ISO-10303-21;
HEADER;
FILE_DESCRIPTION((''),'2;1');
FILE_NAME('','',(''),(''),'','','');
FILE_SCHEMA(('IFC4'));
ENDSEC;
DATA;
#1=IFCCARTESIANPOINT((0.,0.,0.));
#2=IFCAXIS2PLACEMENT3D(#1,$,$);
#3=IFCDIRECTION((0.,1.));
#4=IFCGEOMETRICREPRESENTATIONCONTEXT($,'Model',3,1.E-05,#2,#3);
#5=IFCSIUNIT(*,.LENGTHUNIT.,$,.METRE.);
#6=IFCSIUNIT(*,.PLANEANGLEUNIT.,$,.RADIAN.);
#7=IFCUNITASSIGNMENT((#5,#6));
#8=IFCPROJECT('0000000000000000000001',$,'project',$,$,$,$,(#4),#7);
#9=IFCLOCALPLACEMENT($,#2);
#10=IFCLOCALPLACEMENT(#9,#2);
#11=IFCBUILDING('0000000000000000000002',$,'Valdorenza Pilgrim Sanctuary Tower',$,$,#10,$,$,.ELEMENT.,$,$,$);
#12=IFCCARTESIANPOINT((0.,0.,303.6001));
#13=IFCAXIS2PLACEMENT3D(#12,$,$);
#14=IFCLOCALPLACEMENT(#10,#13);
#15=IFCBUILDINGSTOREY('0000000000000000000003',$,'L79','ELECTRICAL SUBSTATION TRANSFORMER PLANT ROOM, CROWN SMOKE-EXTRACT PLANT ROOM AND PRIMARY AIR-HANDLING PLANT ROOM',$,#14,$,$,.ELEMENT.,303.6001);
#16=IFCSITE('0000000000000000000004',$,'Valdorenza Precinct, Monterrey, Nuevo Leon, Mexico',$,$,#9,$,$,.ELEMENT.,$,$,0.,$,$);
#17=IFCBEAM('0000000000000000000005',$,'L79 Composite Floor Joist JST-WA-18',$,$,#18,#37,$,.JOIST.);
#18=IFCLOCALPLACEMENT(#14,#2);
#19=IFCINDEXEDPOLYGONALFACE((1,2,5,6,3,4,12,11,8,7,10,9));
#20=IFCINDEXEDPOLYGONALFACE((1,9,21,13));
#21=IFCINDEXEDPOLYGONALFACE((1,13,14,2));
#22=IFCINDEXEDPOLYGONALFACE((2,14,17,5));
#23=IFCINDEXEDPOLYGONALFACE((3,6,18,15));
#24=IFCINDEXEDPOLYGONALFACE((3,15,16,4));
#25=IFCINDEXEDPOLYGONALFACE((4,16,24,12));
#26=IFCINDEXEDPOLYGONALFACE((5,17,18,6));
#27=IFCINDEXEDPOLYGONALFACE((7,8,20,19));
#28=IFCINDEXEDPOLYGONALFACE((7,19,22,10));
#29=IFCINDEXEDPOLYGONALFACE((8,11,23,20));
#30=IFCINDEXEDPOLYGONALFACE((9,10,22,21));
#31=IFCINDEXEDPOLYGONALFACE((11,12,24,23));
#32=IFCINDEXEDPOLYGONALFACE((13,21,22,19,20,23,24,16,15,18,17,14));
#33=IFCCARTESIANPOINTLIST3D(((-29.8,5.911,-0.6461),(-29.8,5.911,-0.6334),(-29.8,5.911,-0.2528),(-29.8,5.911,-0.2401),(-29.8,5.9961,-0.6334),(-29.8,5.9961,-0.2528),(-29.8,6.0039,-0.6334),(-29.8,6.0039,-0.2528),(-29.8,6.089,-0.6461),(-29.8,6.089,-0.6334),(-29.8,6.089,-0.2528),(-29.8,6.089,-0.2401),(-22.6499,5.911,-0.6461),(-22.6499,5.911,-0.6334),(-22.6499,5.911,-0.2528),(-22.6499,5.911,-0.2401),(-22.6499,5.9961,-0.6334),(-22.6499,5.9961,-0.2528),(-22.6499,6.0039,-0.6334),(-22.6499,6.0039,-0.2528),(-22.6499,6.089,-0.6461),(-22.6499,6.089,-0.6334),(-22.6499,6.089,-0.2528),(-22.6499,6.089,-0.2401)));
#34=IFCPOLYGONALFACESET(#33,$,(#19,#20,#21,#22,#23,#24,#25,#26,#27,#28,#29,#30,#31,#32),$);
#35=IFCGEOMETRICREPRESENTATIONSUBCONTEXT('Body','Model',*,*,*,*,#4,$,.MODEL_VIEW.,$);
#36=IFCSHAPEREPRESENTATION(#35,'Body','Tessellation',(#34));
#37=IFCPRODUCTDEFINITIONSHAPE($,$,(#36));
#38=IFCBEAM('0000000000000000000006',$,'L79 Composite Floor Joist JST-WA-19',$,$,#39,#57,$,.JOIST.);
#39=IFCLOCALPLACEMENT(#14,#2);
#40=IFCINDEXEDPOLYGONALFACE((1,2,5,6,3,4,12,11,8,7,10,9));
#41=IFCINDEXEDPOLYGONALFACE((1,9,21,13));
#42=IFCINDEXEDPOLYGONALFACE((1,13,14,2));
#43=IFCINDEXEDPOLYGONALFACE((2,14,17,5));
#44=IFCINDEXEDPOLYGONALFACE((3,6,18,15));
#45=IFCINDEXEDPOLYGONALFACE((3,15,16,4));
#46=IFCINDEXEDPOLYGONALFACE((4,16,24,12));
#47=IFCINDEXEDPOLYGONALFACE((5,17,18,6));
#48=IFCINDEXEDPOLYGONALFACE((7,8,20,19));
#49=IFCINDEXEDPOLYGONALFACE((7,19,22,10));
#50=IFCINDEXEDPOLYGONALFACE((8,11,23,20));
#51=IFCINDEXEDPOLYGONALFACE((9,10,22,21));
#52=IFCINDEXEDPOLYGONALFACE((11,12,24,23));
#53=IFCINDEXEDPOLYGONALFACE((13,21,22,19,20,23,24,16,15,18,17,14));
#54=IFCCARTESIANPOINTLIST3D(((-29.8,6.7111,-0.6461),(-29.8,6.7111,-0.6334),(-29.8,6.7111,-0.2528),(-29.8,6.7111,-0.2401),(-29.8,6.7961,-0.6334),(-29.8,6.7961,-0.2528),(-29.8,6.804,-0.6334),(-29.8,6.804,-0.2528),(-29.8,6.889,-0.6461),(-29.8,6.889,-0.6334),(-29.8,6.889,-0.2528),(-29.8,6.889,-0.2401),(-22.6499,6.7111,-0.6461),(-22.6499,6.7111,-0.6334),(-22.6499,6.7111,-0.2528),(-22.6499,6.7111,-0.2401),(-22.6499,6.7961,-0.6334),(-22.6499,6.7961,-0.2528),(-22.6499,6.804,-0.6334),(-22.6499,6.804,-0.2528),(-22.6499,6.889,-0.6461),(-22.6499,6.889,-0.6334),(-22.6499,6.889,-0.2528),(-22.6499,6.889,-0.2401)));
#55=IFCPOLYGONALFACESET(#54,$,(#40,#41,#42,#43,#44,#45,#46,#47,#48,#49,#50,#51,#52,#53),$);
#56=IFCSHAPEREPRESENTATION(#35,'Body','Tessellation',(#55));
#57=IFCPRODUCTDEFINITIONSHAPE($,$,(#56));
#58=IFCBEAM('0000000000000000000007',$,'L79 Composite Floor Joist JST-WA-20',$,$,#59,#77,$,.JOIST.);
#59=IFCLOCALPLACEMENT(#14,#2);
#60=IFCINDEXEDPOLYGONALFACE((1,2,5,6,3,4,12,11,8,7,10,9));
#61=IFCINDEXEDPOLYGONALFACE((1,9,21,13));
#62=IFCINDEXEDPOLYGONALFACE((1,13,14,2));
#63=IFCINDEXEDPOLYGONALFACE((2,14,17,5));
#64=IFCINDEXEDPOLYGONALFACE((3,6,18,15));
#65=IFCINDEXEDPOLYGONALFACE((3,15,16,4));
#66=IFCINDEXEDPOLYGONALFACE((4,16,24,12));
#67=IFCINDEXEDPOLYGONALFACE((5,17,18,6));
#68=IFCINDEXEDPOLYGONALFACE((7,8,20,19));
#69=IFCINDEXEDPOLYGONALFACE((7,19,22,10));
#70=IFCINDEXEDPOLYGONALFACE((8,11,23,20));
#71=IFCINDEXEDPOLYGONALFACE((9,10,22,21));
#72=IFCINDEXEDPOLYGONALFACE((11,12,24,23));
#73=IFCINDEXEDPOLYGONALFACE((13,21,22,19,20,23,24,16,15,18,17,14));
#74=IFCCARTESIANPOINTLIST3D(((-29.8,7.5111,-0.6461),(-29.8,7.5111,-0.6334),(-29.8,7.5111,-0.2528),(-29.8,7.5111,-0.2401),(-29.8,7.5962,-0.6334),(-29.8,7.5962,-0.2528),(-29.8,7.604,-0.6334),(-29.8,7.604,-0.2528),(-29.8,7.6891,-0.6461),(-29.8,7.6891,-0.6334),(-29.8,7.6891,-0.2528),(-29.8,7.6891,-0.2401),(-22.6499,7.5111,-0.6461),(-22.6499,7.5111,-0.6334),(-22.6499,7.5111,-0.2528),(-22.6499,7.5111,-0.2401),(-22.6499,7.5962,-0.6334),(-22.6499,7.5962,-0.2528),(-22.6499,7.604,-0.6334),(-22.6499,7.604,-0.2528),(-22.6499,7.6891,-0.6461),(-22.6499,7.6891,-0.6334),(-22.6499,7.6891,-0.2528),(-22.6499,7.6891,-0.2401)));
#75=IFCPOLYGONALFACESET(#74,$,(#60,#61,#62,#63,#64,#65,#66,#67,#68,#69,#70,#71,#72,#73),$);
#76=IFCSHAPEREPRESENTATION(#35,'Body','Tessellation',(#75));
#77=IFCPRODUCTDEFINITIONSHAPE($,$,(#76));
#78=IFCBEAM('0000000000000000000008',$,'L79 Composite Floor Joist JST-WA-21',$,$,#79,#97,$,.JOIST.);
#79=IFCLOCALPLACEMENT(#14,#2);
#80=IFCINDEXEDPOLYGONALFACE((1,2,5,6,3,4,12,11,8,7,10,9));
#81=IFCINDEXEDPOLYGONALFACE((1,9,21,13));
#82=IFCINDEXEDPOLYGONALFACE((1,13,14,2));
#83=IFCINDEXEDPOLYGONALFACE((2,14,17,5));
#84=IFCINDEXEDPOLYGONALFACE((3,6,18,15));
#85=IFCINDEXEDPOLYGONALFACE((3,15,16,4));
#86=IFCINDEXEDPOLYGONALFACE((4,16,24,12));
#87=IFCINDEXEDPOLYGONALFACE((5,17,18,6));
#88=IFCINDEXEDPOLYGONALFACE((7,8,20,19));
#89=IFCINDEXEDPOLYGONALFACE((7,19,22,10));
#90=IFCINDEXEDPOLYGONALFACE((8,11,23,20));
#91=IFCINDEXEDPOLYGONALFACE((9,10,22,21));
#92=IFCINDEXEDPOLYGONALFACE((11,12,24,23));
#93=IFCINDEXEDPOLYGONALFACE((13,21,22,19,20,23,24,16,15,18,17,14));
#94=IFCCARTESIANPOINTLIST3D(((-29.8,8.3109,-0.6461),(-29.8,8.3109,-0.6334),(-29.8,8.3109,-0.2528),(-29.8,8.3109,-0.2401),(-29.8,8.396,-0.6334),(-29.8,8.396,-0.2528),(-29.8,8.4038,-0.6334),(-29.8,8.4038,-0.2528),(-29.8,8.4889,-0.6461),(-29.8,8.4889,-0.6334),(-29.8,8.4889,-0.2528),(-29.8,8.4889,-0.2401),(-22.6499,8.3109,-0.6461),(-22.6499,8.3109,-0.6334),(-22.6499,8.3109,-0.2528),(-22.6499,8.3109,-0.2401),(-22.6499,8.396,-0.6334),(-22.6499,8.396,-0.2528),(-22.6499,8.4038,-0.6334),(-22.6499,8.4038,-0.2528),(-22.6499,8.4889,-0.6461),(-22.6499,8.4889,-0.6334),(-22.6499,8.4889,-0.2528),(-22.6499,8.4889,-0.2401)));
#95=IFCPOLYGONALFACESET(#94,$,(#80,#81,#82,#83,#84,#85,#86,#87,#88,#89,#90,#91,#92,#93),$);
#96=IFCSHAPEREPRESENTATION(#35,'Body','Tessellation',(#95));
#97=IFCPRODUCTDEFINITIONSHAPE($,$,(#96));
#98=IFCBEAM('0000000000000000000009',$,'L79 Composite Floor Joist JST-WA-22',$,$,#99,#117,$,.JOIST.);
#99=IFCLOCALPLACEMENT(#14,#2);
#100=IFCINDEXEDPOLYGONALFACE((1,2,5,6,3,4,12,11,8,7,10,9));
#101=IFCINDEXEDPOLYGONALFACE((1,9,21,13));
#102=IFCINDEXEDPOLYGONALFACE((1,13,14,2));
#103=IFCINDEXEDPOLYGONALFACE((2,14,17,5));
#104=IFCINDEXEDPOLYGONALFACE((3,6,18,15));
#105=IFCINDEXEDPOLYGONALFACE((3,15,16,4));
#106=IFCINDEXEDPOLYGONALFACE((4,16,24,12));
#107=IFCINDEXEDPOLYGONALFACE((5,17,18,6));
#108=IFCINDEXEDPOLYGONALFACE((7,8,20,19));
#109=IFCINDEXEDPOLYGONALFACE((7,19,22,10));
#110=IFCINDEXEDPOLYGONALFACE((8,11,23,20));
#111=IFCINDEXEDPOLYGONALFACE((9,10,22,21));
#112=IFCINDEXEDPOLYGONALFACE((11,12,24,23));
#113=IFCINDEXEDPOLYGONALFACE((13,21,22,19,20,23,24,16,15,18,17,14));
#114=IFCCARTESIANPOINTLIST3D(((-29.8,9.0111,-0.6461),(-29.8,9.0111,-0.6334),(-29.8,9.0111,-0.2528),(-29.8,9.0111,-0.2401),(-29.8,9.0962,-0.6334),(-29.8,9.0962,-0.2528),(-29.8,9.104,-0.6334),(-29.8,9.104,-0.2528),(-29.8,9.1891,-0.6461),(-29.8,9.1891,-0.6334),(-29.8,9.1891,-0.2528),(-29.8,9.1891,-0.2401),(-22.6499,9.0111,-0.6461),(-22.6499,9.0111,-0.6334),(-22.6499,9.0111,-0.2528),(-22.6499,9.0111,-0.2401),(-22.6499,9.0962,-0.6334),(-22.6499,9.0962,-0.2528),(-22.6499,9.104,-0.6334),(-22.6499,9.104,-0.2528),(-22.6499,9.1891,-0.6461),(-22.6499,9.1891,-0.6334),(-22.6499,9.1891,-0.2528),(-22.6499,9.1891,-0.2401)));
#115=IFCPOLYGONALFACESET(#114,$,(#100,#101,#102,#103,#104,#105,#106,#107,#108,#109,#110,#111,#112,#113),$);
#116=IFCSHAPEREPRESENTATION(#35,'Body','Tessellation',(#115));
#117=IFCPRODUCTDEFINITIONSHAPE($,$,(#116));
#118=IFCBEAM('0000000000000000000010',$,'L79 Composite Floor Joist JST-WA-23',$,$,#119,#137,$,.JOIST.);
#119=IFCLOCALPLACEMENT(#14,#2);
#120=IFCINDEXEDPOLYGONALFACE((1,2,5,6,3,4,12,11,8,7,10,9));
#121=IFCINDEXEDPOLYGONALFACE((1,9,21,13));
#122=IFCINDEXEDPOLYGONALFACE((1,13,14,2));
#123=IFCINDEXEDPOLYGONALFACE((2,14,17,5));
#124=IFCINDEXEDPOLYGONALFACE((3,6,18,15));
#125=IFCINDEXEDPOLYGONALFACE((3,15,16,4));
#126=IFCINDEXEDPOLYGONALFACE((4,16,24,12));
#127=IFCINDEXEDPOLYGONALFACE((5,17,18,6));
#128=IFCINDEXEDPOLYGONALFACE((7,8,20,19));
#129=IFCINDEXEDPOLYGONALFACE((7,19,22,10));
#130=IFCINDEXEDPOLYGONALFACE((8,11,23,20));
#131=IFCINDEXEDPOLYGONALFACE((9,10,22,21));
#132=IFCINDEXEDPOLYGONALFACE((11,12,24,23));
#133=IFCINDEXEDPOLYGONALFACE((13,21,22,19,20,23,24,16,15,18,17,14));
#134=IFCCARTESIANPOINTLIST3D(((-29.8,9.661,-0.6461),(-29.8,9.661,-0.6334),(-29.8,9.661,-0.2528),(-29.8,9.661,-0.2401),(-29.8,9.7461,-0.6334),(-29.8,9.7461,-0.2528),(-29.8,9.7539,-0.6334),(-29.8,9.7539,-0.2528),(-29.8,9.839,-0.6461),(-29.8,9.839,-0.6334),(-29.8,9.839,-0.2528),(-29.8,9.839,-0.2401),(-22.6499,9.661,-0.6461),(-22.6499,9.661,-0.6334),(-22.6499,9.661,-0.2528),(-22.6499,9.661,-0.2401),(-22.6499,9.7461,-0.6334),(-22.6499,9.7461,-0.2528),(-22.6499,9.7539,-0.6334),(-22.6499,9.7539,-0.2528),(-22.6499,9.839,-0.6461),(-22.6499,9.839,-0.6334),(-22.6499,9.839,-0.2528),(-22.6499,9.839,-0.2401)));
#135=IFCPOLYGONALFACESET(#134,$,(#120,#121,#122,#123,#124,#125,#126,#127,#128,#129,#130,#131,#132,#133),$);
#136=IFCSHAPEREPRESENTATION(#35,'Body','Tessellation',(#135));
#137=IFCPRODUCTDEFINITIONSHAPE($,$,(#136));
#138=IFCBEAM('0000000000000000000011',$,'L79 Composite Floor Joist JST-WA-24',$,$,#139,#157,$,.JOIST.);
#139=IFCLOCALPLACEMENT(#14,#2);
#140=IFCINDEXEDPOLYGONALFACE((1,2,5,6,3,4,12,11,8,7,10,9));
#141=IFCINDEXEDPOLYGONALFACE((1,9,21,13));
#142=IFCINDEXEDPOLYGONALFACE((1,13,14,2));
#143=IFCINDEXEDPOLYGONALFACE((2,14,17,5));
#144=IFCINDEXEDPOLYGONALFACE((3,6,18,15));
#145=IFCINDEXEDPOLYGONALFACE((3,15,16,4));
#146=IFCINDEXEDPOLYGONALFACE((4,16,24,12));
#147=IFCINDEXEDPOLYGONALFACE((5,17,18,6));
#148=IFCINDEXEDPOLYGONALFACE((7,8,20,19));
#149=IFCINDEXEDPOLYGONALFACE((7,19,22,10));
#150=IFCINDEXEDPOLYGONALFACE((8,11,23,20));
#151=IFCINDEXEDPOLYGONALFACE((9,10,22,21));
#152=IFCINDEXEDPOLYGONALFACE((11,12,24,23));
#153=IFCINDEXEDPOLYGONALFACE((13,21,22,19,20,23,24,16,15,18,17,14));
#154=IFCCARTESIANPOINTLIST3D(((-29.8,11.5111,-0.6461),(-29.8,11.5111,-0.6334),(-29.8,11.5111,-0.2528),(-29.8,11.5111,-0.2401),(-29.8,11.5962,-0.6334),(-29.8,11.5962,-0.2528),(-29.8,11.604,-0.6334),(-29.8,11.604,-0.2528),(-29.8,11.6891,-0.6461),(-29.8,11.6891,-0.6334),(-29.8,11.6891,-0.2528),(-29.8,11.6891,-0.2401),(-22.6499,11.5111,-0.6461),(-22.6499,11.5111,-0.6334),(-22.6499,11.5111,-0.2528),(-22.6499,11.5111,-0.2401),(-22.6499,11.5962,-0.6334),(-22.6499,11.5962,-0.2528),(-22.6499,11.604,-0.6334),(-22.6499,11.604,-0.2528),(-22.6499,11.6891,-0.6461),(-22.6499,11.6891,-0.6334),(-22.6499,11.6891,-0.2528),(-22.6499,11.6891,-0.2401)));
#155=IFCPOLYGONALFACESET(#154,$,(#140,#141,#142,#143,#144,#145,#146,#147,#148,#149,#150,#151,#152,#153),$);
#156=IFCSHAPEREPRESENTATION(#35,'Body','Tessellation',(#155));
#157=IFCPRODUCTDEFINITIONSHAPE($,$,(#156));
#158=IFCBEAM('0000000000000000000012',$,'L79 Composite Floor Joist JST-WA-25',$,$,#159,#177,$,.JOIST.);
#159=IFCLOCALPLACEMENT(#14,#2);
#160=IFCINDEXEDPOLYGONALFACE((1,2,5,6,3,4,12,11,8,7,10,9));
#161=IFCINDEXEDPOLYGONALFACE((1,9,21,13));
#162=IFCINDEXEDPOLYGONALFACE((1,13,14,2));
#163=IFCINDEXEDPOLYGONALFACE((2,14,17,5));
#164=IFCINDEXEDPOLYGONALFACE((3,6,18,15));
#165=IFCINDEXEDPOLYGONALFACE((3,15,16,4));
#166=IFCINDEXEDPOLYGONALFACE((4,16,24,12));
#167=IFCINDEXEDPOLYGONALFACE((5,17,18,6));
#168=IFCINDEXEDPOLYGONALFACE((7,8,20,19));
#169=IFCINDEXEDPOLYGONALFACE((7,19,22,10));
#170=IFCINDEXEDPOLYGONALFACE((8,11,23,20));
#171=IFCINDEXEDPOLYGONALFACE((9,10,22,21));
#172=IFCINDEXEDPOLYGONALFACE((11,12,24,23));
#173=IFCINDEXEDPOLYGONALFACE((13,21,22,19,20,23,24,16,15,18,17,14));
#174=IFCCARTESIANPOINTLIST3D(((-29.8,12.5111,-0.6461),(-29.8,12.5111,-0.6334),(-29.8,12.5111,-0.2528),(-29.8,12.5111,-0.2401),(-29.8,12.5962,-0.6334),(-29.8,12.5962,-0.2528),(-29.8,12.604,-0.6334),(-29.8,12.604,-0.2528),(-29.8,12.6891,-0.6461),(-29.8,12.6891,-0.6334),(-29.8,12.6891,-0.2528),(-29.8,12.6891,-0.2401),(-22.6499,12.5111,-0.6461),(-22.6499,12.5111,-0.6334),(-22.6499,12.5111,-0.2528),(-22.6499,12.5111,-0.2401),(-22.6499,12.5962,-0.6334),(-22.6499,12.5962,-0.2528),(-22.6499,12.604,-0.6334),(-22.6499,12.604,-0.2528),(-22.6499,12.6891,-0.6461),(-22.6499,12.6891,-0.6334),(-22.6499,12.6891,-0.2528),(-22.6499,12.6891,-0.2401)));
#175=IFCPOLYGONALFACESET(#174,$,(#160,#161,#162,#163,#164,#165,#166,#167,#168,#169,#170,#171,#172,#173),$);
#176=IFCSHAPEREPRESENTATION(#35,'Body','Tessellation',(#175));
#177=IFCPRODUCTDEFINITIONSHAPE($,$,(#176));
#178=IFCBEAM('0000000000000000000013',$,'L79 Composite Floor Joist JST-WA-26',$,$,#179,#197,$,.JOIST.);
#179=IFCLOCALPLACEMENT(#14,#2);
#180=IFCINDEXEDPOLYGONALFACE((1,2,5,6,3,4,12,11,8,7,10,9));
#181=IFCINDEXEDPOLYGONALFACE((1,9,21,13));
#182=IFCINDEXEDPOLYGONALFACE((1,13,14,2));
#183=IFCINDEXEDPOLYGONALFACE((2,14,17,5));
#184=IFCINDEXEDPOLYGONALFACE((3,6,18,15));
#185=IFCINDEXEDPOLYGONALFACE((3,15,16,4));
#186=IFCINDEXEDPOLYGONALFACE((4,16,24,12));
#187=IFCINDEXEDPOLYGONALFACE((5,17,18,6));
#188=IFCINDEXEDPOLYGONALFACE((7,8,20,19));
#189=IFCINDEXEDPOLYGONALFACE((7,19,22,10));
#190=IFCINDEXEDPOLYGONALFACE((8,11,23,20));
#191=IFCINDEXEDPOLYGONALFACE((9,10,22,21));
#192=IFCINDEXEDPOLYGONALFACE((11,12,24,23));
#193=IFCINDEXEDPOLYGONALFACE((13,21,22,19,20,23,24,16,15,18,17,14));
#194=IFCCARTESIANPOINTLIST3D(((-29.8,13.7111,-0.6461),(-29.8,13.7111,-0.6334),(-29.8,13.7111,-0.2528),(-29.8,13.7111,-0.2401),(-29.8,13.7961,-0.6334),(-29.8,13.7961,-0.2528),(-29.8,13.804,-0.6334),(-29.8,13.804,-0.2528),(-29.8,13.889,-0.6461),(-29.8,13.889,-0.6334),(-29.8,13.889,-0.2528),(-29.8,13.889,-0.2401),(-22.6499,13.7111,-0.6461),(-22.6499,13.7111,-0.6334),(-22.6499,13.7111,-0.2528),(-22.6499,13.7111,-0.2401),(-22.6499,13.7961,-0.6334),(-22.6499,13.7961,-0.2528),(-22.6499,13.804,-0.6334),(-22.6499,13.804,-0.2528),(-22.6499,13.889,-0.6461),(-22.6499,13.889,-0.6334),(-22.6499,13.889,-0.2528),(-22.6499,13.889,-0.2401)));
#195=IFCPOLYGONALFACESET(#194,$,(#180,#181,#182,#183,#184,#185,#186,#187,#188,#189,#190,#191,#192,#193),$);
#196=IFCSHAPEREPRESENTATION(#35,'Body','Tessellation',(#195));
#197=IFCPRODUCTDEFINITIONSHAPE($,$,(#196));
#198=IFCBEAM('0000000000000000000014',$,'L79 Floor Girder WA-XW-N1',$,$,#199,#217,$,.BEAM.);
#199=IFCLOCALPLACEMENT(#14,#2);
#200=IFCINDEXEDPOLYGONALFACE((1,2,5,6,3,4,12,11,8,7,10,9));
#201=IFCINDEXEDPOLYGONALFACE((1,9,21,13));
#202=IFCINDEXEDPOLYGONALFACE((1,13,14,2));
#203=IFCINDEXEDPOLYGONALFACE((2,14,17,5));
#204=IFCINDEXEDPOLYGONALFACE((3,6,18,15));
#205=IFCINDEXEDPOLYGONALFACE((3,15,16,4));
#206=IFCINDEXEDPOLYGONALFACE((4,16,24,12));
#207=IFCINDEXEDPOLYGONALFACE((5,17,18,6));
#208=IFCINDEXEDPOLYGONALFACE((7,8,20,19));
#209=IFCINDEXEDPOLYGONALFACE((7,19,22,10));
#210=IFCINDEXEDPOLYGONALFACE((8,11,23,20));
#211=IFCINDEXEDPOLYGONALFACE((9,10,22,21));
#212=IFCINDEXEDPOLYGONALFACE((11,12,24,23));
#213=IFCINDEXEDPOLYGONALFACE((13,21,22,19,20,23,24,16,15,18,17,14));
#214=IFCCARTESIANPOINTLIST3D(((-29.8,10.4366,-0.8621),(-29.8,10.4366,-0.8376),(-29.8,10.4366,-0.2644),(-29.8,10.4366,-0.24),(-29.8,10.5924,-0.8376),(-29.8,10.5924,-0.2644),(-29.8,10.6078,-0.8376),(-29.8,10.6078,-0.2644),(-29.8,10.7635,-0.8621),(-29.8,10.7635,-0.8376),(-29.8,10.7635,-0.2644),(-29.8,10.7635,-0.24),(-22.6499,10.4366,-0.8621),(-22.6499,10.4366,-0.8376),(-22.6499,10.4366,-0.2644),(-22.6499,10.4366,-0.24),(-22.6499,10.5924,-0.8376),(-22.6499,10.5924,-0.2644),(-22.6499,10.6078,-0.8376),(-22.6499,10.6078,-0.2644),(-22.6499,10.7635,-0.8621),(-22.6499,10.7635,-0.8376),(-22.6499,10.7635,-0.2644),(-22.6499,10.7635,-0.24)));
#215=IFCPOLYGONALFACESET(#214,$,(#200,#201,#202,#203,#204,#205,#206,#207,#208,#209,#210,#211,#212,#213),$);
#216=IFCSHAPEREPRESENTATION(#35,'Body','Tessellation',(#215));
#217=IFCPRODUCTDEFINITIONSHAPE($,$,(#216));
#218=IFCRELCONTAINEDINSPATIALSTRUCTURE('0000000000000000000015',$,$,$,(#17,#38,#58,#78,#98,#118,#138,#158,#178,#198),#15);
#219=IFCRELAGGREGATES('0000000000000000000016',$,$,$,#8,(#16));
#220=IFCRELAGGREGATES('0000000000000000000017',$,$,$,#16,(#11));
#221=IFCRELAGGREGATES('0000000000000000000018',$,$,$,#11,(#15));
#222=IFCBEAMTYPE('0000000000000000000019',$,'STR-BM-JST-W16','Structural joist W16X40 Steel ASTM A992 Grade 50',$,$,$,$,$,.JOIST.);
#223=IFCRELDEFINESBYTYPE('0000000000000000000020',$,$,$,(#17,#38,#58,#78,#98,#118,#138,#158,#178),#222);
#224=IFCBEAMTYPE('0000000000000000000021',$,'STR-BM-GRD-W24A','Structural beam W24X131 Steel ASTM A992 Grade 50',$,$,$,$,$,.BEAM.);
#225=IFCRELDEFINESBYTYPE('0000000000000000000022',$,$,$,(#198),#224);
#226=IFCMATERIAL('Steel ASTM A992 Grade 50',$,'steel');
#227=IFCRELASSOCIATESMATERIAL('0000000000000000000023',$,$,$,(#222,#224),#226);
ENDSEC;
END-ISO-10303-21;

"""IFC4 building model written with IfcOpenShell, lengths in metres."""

from ifc_helpers import new_model, si_unit, direction, frame, origin, origin_2d, place, context, subcontext, project, spatial, i_section, extrude, source, transform, mapped, material, material_profile, profile_set, type_object, element, save


model = new_model("IFC4")

# Units and contexts
model_context = context("Model", 3, precision=1e-05, world=origin(), true_north=direction((0.0, 1.0)))
body_context = subcontext(model_context, "Body", "Model", "MODEL_VIEW")
ifc_project = project(units=[si_unit("LENGTHUNIT", "METRE"), si_unit("PLANEANGLEUNIT", "RADIAN")], contexts=[model_context])

# Site, building, storey
site_placement = place(None, origin())
site = spatial("IfcSite", under=ifc_project, at=site_placement, Name="Valdorenza Precinct, Monterrey, Nuevo Leon, Mexico", CompositionType="ELEMENT", RefElevation=0.0)
building_placement = place(site_placement, origin())
building = spatial("IfcBuilding", under=site, at=building_placement, Name="Valdorenza Pilgrim Sanctuary Tower", CompositionType="ELEMENT")
storey_placement = place(building_placement, frame((0.0, 0.0, 303.6001)))
storey = spatial("IfcBuildingStorey", under=building, at=storey_placement, Name="L79", Description="ELECTRICAL SUBSTATION TRANSFORMER PLANT ROOM, CROWN SMOKE-EXTRACT PLANT ROOM AND PRIMARY AIR-HANDLING PLANT ROOM", CompositionType="ELEMENT", Elevation=303.6001)

# Beams
ifc_material_1 = material(Name="Steel ASTM A992 Grade 50", Category="steel")
ifc_material_profile_1 = material_profile(ifc_material_1, i_section(OverallWidth=0.178, OverallDepth=0.406, WebThickness=0.0078, FlangeThickness=0.0127, at=origin_2d()), Name="W16X40")
ifc_profile_set_1 = profile_set([ifc_material_profile_1], Name="Steel ASTM A992 Grade 50")
beam_type_1 = type_object("IfcBeamType", Name="STR-BM-JST-W16", Description="Structural joist W16X40 Steel ASTM A992 Grade 50", PredefinedType="JOIST", material=ifc_profile_set_1)
shared_shape_1 = source(origin(), body_context, "Body", "SweptSolid", [
    extrude(i_section(OverallWidth=0.178, OverallDepth=0.406, WebThickness=0.0078, FlangeThickness=0.0127, at=origin_2d()), origin(), (0.0, 0.0, 1.0), 7.1501),
])
for number, where, z_axis, x_axis, name in (
    (1, (-29.8, 6.0, -0.4431), (1.0, 0.0, 0.0), (0.0, 1.0, 0.0), "L79 Composite Floor Joist JST-WA-18"),
    (2, (-29.8, 6.8, -0.4431), (1.0, 0.0, 0.0), (0.0, 1.0, 0.0), "L79 Composite Floor Joist JST-WA-19"),
    (3, (-29.8, 7.6001, -0.4431), (1.0, 0.0, 0.0), (0.0, 1.0, 0.0), "L79 Composite Floor Joist JST-WA-20"),
    (4, (-29.8, 8.3999, -0.4431), (1.0, 0.0, 0.0), (0.0, 1.0, 0.0), "L79 Composite Floor Joist JST-WA-21"),
    (5, (-29.8, 9.1001, -0.4431), (1.0, 0.0, 0.0), (0.0, 1.0, 0.0), "L79 Composite Floor Joist JST-WA-22"),
    (6, (-29.8, 9.75, -0.4431), (1.0, 0.0, 0.0), (0.0, 1.0, 0.0), "L79 Composite Floor Joist JST-WA-23"),
    (7, (-29.8, 11.6001, -0.4431), (1.0, 0.0, 0.0), (0.0, 1.0, 0.0), "L79 Composite Floor Joist JST-WA-24"),
    (8, (-29.8, 12.6001, -0.4431), (1.0, 0.0, 0.0), (0.0, 1.0, 0.0), "L79 Composite Floor Joist JST-WA-25"),
    (9, (-29.8, 13.8, -0.4431), (1.0, 0.0, 0.0), (0.0, 1.0, 0.0), "L79 Composite Floor Joist JST-WA-26"),
):
    element("IfcBeam", number, at=place(storey_placement, frame(where, z_axis=z_axis, x_axis=x_axis)), inside=storey, type_object=beam_type_1, Name=name, PredefinedType="JOIST", context=body_context, shape_type="MappedRepresentation", body=[
        mapped(shared_shape_1, transform((0.0, 0.0, 0.0), x_axis=(1.0, 0.0, 0.0), y_axis=(0.0, 1.0, 0.0), z_axis=(0.0, 0.0, 1.0), scale=1.0)),
    ])
ifc_material_profile_2 = material_profile(ifc_material_1, i_section(OverallWidth=0.3269, OverallDepth=0.6221, WebThickness=0.0154, FlangeThickness=0.0244, at=origin_2d()), Name="W24X131")
ifc_profile_set_2 = profile_set([ifc_material_profile_2], Name="Steel ASTM A992 Grade 50")
beam_type_2 = type_object("IfcBeamType", Name="STR-BM-GRD-W24A", Description="Structural beam W24X131 Steel ASTM A992 Grade 50", PredefinedType="BEAM", material=ifc_profile_set_2)
shared_shape_2 = source(origin(), body_context, "Body", "SweptSolid", [
    extrude(i_section(OverallWidth=0.3269, OverallDepth=0.6221, WebThickness=0.0154, FlangeThickness=0.0244, at=origin_2d()), origin(), (0.0, 0.0, 1.0), 7.1501),
])
for number, where, z_axis, x_axis, name in (
    (10, (-29.8, 10.6001, -0.551), (1.0, 0.0, 0.0), (0.0, 1.0, 0.0), "L79 Floor Girder WA-XW-N1"),
):
    element("IfcBeam", number, at=place(storey_placement, frame(where, z_axis=z_axis, x_axis=x_axis)), inside=storey, type_object=beam_type_2, Name=name, PredefinedType="BEAM", context=body_context, shape_type="MappedRepresentation", body=[
        mapped(shared_shape_2, transform((0.0, 0.0, 0.0), x_axis=(1.0, 0.0, 0.0), y_axis=(0.0, 1.0, 0.0), z_axis=(0.0, 0.0, 1.0), scale=1.0)),
    ])

save(model, "model.ifc")
